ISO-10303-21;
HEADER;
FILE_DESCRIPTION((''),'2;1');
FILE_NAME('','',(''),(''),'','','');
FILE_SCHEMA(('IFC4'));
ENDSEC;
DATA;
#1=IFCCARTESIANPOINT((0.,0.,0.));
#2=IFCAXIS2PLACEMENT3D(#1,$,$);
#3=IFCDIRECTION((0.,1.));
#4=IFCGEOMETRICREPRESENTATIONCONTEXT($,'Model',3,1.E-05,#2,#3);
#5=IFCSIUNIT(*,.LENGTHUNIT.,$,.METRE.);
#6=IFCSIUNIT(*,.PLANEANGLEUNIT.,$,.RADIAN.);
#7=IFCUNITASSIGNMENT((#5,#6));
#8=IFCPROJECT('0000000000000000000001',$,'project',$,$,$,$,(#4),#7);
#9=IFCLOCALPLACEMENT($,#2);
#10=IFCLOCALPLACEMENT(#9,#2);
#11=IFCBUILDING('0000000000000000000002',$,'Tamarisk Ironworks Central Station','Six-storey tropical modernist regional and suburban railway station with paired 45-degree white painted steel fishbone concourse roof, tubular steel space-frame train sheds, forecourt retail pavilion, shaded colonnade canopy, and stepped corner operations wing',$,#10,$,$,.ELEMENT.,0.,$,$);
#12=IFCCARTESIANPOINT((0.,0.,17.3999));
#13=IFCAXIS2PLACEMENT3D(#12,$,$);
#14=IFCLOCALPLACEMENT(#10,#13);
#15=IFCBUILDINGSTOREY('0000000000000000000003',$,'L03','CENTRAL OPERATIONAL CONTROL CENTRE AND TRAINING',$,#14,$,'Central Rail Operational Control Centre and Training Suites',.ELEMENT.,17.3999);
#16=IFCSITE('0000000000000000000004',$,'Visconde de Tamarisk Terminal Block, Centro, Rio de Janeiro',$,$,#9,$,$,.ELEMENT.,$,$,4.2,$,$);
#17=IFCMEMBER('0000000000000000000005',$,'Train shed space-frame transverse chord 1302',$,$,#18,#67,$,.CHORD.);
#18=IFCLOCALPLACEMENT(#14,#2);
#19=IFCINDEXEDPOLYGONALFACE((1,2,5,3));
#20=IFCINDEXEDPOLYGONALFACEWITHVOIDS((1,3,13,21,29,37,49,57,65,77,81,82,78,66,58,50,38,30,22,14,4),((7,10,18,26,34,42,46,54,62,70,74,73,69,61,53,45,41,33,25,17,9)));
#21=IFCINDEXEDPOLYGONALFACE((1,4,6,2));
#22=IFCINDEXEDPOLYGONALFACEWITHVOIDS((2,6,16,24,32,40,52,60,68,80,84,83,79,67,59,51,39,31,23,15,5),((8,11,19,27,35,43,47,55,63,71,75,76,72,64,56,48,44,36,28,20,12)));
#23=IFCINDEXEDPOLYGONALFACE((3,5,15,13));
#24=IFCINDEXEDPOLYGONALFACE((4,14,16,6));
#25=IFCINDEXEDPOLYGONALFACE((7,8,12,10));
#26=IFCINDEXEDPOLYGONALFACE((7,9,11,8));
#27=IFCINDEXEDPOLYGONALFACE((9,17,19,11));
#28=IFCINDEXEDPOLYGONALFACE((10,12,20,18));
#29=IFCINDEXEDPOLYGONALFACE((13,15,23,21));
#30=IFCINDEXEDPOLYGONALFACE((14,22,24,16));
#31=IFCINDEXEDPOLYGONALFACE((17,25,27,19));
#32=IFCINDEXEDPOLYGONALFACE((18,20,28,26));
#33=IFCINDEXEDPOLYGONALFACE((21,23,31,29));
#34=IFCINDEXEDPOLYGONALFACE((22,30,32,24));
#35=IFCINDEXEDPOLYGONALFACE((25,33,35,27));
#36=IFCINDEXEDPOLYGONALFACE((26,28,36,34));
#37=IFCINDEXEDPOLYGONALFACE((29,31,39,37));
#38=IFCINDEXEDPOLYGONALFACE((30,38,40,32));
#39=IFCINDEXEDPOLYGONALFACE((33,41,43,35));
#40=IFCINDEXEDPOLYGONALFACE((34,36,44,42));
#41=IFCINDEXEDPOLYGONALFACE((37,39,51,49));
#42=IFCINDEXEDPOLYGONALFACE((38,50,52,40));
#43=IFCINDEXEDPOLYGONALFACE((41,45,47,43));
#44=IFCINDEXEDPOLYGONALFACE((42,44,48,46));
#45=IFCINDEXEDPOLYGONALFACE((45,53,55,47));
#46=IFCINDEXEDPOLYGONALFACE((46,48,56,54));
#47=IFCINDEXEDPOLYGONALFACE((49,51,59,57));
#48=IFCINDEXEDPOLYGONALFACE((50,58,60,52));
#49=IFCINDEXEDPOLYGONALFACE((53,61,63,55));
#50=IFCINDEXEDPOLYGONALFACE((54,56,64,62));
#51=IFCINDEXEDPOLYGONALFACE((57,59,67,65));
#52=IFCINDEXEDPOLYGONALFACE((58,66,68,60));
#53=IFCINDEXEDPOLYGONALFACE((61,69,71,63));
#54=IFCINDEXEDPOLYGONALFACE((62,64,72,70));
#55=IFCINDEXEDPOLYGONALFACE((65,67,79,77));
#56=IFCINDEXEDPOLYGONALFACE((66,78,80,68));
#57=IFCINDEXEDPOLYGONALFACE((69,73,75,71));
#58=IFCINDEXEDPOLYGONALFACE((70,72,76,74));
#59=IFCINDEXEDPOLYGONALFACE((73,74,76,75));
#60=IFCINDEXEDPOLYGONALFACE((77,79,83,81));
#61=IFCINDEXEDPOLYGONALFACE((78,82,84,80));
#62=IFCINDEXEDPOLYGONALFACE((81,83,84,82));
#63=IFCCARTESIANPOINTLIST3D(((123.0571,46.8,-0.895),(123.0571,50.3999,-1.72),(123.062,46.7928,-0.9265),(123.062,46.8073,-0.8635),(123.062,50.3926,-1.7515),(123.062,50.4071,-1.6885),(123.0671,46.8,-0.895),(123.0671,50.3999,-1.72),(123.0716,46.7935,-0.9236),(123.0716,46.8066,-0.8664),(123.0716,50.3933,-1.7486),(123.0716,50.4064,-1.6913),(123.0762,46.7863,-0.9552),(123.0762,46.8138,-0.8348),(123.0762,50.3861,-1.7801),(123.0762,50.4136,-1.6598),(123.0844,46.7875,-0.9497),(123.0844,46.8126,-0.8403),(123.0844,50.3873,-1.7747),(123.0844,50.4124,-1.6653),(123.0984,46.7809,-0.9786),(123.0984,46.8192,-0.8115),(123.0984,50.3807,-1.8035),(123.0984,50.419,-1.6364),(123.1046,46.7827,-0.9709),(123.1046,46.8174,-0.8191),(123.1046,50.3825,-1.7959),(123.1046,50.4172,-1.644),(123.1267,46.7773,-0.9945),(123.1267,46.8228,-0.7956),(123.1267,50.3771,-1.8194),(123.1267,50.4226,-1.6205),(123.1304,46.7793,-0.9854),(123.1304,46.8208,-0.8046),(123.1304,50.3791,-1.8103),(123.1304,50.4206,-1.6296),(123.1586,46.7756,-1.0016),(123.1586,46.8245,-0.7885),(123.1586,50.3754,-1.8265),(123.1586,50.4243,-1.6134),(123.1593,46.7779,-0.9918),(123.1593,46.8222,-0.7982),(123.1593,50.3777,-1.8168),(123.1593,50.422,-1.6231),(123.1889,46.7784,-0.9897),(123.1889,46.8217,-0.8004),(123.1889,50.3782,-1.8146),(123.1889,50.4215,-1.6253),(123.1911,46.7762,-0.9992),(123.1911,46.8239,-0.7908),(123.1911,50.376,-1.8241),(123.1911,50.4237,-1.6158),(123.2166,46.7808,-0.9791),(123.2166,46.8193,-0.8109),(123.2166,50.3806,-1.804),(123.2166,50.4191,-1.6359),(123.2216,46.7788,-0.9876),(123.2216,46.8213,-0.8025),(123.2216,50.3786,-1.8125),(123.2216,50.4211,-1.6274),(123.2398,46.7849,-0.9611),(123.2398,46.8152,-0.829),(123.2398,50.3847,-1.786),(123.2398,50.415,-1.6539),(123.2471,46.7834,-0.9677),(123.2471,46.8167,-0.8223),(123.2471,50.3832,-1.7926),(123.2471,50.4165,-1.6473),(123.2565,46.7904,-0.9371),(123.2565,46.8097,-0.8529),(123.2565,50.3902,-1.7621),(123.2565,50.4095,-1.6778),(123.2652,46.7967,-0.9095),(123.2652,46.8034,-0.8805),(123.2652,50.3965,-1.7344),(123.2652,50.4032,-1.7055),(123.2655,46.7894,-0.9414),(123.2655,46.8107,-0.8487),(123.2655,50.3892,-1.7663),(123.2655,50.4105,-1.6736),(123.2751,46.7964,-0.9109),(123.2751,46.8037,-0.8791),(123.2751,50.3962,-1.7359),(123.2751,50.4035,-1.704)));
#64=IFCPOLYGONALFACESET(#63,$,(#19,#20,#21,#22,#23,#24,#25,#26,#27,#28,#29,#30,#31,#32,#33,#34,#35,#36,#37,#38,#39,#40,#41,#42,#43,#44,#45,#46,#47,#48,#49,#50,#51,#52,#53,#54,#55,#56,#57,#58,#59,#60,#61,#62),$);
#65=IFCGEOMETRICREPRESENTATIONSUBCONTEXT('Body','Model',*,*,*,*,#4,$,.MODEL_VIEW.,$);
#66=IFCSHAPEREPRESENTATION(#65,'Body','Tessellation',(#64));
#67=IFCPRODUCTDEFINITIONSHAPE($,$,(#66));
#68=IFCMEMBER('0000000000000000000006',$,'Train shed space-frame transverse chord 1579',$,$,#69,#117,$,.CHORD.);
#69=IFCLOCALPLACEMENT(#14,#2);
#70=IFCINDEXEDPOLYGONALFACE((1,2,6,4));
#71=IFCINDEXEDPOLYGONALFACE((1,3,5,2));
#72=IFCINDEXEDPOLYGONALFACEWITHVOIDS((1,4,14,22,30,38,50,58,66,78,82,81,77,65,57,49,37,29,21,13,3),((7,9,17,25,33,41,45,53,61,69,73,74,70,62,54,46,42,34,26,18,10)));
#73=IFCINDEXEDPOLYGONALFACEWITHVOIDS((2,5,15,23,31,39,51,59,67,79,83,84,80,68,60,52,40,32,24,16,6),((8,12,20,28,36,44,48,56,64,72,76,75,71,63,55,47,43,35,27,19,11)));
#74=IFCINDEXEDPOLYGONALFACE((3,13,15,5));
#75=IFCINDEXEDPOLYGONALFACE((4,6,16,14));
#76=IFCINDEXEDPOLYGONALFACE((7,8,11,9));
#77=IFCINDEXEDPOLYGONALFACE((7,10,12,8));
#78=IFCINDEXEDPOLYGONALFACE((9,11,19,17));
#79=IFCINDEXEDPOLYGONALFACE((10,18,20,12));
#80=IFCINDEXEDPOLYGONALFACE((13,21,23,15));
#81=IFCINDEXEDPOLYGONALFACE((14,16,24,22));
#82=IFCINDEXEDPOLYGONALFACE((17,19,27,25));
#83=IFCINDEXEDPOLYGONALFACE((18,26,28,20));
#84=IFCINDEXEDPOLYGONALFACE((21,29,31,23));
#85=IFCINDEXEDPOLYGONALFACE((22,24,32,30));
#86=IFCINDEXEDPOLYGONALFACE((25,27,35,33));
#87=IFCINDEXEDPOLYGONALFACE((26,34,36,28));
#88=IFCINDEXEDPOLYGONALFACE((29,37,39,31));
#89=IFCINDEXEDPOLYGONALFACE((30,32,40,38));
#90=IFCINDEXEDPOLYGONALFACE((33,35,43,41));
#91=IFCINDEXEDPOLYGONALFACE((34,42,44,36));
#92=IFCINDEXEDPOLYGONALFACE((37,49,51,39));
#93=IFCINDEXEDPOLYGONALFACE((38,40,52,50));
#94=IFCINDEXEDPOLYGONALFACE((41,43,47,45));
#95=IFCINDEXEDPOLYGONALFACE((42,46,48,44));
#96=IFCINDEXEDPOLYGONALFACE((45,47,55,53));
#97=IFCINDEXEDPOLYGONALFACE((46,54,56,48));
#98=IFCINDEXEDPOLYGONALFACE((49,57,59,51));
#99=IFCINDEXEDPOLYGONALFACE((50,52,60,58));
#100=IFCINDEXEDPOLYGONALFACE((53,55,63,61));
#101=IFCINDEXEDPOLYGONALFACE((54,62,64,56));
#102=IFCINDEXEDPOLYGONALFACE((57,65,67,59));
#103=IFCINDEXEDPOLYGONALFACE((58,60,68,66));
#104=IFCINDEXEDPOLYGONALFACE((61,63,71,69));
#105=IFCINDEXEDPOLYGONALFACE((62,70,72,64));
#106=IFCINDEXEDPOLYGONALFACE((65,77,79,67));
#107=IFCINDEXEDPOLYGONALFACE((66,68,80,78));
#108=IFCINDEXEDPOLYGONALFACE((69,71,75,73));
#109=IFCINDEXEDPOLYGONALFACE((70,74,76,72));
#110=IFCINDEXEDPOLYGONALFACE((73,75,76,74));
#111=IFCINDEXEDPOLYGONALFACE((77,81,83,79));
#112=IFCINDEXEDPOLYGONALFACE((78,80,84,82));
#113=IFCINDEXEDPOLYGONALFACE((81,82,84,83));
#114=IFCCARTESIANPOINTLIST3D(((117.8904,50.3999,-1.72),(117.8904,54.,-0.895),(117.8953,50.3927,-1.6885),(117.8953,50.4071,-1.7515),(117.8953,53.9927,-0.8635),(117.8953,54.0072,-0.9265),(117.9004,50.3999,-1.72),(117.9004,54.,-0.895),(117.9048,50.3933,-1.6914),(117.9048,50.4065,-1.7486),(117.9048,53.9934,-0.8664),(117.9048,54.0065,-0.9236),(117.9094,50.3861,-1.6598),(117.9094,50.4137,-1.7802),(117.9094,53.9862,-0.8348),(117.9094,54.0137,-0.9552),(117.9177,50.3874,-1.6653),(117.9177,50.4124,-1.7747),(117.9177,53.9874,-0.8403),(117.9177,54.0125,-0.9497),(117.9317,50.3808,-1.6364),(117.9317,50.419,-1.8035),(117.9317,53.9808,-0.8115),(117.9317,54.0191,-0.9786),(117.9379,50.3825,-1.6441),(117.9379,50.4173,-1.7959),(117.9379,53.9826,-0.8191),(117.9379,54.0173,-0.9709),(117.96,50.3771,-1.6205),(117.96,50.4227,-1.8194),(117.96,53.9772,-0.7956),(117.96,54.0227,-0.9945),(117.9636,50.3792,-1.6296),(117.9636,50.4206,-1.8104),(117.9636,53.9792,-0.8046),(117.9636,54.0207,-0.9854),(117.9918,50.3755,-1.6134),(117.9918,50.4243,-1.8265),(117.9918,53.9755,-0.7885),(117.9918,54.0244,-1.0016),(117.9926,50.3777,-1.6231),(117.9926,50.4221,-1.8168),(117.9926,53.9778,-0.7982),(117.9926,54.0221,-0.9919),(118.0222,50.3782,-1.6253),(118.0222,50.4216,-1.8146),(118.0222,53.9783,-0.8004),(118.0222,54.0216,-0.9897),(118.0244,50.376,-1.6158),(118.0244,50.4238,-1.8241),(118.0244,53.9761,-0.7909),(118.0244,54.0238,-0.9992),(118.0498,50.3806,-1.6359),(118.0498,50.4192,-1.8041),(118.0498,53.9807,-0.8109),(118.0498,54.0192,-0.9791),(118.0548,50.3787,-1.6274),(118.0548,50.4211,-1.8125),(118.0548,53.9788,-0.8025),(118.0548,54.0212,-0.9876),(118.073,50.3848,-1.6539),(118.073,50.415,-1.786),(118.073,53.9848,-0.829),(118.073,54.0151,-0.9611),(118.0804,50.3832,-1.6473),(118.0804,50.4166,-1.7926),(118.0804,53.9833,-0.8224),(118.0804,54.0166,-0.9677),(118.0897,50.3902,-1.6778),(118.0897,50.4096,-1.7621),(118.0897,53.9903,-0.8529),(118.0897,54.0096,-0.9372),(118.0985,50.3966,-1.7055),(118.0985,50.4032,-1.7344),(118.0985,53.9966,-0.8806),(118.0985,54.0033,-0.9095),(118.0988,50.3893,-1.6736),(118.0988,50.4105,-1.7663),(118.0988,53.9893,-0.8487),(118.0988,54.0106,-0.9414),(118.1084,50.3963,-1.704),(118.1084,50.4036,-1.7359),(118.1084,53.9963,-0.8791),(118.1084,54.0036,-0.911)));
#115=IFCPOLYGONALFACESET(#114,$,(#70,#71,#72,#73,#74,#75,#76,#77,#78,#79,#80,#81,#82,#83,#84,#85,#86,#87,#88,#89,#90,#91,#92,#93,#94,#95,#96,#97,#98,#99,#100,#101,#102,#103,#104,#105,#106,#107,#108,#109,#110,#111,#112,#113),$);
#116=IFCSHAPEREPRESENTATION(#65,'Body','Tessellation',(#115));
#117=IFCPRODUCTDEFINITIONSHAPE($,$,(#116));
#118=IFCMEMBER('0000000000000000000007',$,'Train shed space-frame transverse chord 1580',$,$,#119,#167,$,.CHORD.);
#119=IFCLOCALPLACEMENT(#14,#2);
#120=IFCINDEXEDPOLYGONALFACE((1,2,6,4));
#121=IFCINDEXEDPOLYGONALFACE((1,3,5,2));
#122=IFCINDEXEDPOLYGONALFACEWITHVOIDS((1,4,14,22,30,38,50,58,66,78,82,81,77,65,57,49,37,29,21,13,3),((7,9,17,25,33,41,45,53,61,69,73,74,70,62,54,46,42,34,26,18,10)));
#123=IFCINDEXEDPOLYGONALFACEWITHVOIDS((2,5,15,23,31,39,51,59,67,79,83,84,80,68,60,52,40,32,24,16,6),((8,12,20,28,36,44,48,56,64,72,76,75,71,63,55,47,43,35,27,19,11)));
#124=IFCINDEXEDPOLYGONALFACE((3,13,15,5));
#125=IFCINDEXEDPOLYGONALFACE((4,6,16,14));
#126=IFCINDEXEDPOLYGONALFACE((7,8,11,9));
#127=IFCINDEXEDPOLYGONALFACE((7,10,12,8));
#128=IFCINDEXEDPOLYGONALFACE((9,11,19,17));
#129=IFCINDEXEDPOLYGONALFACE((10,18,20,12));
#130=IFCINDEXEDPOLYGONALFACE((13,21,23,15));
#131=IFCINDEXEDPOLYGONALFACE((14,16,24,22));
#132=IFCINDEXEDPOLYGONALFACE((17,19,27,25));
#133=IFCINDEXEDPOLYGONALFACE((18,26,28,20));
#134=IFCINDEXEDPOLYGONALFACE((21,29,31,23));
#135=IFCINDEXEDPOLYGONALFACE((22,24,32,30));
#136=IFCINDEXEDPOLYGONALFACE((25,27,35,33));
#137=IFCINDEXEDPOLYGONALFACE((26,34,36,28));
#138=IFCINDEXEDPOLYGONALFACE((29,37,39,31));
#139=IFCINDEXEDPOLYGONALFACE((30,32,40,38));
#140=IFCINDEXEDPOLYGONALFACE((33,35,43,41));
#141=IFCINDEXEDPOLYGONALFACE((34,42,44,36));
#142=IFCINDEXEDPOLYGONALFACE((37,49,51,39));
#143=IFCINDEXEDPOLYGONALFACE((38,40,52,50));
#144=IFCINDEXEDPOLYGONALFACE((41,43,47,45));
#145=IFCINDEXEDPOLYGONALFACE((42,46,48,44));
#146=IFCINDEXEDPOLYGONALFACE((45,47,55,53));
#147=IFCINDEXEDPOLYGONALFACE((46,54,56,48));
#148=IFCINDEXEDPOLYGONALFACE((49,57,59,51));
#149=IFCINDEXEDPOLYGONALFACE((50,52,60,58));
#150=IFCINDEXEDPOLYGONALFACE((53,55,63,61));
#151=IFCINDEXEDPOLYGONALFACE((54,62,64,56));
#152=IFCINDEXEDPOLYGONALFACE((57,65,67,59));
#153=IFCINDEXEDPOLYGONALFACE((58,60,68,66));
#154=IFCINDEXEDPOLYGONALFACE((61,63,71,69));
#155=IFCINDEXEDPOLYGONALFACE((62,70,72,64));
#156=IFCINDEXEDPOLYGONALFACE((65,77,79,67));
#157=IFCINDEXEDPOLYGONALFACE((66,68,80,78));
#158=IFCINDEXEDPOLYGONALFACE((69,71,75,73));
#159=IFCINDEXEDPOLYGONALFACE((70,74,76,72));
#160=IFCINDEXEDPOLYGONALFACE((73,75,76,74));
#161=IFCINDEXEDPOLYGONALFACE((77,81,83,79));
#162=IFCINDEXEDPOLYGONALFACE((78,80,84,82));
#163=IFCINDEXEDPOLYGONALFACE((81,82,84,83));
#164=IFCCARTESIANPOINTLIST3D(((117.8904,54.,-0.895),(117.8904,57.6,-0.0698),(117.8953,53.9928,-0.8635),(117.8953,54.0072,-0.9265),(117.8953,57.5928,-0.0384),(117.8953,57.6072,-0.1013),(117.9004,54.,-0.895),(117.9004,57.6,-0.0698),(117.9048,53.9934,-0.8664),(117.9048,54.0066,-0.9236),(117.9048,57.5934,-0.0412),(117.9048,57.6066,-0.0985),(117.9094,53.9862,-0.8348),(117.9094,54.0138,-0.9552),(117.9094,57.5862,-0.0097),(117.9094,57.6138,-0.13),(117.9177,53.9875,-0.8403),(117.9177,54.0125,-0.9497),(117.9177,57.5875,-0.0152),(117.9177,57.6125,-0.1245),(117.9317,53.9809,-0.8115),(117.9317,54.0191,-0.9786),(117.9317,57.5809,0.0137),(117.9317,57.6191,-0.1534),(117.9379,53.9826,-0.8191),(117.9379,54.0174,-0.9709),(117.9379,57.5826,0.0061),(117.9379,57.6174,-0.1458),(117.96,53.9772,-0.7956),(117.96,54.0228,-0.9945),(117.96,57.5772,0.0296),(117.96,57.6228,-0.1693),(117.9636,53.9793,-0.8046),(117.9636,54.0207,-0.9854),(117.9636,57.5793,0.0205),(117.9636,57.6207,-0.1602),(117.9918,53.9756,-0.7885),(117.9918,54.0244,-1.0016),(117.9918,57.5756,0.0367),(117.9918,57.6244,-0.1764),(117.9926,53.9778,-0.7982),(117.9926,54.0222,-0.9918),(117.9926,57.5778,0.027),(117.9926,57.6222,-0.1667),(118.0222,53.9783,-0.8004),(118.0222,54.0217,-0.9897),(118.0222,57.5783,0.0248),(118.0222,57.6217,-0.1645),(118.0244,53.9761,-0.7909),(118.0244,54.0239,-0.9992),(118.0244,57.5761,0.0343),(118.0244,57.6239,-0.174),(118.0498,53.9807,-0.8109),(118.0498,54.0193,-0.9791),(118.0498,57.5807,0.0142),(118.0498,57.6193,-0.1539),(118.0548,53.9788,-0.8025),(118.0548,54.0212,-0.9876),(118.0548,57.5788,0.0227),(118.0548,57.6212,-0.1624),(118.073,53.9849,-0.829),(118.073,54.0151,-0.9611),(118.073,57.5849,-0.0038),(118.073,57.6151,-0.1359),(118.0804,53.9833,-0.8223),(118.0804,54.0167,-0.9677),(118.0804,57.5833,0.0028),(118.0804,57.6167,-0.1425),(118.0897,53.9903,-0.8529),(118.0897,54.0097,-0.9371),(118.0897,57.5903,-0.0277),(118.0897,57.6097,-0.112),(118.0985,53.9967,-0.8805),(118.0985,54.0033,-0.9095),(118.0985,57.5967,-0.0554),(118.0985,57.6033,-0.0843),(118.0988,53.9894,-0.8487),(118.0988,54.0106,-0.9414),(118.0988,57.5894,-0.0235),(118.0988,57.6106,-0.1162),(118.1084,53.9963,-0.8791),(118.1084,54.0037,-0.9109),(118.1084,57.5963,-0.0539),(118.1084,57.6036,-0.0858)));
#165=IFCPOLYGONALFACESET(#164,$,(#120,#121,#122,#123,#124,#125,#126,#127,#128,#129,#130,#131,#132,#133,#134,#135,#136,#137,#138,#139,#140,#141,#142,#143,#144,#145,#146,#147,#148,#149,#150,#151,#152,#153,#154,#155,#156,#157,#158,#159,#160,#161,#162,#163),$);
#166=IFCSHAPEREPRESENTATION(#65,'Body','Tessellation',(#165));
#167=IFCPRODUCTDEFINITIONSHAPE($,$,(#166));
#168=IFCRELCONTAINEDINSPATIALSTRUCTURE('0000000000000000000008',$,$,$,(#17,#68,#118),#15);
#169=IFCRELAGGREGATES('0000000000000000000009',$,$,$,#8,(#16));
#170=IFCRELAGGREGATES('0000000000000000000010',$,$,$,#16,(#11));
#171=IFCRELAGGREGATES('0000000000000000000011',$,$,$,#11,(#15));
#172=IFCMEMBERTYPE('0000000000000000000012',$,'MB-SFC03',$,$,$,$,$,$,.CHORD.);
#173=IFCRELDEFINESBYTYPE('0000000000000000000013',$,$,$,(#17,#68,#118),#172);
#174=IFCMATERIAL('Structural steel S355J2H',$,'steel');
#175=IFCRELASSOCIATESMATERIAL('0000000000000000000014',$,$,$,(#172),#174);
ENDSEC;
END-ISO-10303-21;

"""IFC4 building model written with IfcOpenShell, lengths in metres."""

from ifc_helpers import new_model, si_unit, direction, frame, origin, origin_2d, place, context, subcontext, project, spatial, hollow_circle, extrude, material, material_profile, profile_set, type_object, element, save


model = new_model("IFC4")

# Units and contexts
model_context = context("Model", 3, precision=1e-05, world=origin(), true_north=direction((0.0, 1.0)))
body_context = subcontext(model_context, "Body", "Model", "MODEL_VIEW")
ifc_project = project(units=[si_unit("LENGTHUNIT", "METRE"), si_unit("PLANEANGLEUNIT", "RADIAN")], contexts=[model_context])

# Site, building, storey
site_placement = place(None, origin())
site = spatial("IfcSite", under=ifc_project, at=site_placement, Name="Visconde de Tamarisk Terminal Block, Centro, Rio de Janeiro", CompositionType="ELEMENT", RefElevation=4.2)
building_placement = place(site_placement, origin())
building = spatial("IfcBuilding", under=site, at=building_placement, Name="Tamarisk Ironworks Central Station", Description="Six-storey tropical modernist regional and suburban railway station with paired 45-degree white painted steel fishbone concourse roof, tubular steel space-frame train sheds, forecourt retail pavilion, shaded colonnade canopy, and stepped corner operations wing", CompositionType="ELEMENT", ElevationOfRefHeight=0.0)
storey_placement = place(building_placement, frame((0.0, 0.0, 17.3999)))
storey = spatial("IfcBuildingStorey", under=building, at=storey_placement, Name="L03", Description="CENTRAL OPERATIONAL CONTROL CENTRE AND TRAINING", LongName="Central Rail Operational Control Centre and Training Suites", CompositionType="ELEMENT", Elevation=17.3999)

# Members
ifc_material_1 = material(Name="Structural steel S355J2H", Category="steel")
ifc_material_profile_1 = material_profile(ifc_material_1, hollow_circle(Radius=0.1096, WallThickness=0.01, at=origin_2d()), Name="CHS 219.1x10")
ifc_profile_set_1 = profile_set([ifc_material_profile_1], Name="Structural steel S355J2H")
member_type_1 = type_object("IfcMemberType", Name="MB-SFC03", PredefinedType="CHORD", material=ifc_profile_set_1)
member_1_placement = place(storey_placement, frame((123.1667, 46.8, -0.895), z_axis=(0.0, 0.974733, -0.223372), x_axis=(-1.0, 0.0, 0.0)))
element("IfcMember", 1, at=member_1_placement, inside=storey, type_object=member_type_1, Name="Train shed space-frame transverse chord 1302", PredefinedType="CHORD", context=body_context, shape_type="SweptSolid", body=[
    extrude(hollow_circle(Radius=0.1096, WallThickness=0.01, at=origin_2d()), origin(), (0.0, 0.0, 1.0), 3.6931),
])
for number, where, z_axis, x_axis, name in (
    (2, (118.0, 50.3999, -1.72), (0.0, 0.974737, 0.223358), (-1.0, 0.0, 0.0), "Train shed space-frame transverse chord 1579"),
    (3, (118.0, 54.0, -0.895), (0.0, 0.974722, 0.223421), (-1.0, 0.0, 0.0), "Train shed space-frame transverse chord 1580"),
):
    element("IfcMember", number, at=place(storey_placement, frame(where, z_axis=z_axis, x_axis=x_axis)), inside=storey, type_object=member_type_1, Name=name, PredefinedType="CHORD", context=body_context, shape_type="SweptSolid", body=[
        extrude(hollow_circle(Radius=0.1096, WallThickness=0.01, at=origin_2d()), origin(), (0.0, 0.0, 1.0), 3.6934),
    ])

save(model, "model.ifc")
